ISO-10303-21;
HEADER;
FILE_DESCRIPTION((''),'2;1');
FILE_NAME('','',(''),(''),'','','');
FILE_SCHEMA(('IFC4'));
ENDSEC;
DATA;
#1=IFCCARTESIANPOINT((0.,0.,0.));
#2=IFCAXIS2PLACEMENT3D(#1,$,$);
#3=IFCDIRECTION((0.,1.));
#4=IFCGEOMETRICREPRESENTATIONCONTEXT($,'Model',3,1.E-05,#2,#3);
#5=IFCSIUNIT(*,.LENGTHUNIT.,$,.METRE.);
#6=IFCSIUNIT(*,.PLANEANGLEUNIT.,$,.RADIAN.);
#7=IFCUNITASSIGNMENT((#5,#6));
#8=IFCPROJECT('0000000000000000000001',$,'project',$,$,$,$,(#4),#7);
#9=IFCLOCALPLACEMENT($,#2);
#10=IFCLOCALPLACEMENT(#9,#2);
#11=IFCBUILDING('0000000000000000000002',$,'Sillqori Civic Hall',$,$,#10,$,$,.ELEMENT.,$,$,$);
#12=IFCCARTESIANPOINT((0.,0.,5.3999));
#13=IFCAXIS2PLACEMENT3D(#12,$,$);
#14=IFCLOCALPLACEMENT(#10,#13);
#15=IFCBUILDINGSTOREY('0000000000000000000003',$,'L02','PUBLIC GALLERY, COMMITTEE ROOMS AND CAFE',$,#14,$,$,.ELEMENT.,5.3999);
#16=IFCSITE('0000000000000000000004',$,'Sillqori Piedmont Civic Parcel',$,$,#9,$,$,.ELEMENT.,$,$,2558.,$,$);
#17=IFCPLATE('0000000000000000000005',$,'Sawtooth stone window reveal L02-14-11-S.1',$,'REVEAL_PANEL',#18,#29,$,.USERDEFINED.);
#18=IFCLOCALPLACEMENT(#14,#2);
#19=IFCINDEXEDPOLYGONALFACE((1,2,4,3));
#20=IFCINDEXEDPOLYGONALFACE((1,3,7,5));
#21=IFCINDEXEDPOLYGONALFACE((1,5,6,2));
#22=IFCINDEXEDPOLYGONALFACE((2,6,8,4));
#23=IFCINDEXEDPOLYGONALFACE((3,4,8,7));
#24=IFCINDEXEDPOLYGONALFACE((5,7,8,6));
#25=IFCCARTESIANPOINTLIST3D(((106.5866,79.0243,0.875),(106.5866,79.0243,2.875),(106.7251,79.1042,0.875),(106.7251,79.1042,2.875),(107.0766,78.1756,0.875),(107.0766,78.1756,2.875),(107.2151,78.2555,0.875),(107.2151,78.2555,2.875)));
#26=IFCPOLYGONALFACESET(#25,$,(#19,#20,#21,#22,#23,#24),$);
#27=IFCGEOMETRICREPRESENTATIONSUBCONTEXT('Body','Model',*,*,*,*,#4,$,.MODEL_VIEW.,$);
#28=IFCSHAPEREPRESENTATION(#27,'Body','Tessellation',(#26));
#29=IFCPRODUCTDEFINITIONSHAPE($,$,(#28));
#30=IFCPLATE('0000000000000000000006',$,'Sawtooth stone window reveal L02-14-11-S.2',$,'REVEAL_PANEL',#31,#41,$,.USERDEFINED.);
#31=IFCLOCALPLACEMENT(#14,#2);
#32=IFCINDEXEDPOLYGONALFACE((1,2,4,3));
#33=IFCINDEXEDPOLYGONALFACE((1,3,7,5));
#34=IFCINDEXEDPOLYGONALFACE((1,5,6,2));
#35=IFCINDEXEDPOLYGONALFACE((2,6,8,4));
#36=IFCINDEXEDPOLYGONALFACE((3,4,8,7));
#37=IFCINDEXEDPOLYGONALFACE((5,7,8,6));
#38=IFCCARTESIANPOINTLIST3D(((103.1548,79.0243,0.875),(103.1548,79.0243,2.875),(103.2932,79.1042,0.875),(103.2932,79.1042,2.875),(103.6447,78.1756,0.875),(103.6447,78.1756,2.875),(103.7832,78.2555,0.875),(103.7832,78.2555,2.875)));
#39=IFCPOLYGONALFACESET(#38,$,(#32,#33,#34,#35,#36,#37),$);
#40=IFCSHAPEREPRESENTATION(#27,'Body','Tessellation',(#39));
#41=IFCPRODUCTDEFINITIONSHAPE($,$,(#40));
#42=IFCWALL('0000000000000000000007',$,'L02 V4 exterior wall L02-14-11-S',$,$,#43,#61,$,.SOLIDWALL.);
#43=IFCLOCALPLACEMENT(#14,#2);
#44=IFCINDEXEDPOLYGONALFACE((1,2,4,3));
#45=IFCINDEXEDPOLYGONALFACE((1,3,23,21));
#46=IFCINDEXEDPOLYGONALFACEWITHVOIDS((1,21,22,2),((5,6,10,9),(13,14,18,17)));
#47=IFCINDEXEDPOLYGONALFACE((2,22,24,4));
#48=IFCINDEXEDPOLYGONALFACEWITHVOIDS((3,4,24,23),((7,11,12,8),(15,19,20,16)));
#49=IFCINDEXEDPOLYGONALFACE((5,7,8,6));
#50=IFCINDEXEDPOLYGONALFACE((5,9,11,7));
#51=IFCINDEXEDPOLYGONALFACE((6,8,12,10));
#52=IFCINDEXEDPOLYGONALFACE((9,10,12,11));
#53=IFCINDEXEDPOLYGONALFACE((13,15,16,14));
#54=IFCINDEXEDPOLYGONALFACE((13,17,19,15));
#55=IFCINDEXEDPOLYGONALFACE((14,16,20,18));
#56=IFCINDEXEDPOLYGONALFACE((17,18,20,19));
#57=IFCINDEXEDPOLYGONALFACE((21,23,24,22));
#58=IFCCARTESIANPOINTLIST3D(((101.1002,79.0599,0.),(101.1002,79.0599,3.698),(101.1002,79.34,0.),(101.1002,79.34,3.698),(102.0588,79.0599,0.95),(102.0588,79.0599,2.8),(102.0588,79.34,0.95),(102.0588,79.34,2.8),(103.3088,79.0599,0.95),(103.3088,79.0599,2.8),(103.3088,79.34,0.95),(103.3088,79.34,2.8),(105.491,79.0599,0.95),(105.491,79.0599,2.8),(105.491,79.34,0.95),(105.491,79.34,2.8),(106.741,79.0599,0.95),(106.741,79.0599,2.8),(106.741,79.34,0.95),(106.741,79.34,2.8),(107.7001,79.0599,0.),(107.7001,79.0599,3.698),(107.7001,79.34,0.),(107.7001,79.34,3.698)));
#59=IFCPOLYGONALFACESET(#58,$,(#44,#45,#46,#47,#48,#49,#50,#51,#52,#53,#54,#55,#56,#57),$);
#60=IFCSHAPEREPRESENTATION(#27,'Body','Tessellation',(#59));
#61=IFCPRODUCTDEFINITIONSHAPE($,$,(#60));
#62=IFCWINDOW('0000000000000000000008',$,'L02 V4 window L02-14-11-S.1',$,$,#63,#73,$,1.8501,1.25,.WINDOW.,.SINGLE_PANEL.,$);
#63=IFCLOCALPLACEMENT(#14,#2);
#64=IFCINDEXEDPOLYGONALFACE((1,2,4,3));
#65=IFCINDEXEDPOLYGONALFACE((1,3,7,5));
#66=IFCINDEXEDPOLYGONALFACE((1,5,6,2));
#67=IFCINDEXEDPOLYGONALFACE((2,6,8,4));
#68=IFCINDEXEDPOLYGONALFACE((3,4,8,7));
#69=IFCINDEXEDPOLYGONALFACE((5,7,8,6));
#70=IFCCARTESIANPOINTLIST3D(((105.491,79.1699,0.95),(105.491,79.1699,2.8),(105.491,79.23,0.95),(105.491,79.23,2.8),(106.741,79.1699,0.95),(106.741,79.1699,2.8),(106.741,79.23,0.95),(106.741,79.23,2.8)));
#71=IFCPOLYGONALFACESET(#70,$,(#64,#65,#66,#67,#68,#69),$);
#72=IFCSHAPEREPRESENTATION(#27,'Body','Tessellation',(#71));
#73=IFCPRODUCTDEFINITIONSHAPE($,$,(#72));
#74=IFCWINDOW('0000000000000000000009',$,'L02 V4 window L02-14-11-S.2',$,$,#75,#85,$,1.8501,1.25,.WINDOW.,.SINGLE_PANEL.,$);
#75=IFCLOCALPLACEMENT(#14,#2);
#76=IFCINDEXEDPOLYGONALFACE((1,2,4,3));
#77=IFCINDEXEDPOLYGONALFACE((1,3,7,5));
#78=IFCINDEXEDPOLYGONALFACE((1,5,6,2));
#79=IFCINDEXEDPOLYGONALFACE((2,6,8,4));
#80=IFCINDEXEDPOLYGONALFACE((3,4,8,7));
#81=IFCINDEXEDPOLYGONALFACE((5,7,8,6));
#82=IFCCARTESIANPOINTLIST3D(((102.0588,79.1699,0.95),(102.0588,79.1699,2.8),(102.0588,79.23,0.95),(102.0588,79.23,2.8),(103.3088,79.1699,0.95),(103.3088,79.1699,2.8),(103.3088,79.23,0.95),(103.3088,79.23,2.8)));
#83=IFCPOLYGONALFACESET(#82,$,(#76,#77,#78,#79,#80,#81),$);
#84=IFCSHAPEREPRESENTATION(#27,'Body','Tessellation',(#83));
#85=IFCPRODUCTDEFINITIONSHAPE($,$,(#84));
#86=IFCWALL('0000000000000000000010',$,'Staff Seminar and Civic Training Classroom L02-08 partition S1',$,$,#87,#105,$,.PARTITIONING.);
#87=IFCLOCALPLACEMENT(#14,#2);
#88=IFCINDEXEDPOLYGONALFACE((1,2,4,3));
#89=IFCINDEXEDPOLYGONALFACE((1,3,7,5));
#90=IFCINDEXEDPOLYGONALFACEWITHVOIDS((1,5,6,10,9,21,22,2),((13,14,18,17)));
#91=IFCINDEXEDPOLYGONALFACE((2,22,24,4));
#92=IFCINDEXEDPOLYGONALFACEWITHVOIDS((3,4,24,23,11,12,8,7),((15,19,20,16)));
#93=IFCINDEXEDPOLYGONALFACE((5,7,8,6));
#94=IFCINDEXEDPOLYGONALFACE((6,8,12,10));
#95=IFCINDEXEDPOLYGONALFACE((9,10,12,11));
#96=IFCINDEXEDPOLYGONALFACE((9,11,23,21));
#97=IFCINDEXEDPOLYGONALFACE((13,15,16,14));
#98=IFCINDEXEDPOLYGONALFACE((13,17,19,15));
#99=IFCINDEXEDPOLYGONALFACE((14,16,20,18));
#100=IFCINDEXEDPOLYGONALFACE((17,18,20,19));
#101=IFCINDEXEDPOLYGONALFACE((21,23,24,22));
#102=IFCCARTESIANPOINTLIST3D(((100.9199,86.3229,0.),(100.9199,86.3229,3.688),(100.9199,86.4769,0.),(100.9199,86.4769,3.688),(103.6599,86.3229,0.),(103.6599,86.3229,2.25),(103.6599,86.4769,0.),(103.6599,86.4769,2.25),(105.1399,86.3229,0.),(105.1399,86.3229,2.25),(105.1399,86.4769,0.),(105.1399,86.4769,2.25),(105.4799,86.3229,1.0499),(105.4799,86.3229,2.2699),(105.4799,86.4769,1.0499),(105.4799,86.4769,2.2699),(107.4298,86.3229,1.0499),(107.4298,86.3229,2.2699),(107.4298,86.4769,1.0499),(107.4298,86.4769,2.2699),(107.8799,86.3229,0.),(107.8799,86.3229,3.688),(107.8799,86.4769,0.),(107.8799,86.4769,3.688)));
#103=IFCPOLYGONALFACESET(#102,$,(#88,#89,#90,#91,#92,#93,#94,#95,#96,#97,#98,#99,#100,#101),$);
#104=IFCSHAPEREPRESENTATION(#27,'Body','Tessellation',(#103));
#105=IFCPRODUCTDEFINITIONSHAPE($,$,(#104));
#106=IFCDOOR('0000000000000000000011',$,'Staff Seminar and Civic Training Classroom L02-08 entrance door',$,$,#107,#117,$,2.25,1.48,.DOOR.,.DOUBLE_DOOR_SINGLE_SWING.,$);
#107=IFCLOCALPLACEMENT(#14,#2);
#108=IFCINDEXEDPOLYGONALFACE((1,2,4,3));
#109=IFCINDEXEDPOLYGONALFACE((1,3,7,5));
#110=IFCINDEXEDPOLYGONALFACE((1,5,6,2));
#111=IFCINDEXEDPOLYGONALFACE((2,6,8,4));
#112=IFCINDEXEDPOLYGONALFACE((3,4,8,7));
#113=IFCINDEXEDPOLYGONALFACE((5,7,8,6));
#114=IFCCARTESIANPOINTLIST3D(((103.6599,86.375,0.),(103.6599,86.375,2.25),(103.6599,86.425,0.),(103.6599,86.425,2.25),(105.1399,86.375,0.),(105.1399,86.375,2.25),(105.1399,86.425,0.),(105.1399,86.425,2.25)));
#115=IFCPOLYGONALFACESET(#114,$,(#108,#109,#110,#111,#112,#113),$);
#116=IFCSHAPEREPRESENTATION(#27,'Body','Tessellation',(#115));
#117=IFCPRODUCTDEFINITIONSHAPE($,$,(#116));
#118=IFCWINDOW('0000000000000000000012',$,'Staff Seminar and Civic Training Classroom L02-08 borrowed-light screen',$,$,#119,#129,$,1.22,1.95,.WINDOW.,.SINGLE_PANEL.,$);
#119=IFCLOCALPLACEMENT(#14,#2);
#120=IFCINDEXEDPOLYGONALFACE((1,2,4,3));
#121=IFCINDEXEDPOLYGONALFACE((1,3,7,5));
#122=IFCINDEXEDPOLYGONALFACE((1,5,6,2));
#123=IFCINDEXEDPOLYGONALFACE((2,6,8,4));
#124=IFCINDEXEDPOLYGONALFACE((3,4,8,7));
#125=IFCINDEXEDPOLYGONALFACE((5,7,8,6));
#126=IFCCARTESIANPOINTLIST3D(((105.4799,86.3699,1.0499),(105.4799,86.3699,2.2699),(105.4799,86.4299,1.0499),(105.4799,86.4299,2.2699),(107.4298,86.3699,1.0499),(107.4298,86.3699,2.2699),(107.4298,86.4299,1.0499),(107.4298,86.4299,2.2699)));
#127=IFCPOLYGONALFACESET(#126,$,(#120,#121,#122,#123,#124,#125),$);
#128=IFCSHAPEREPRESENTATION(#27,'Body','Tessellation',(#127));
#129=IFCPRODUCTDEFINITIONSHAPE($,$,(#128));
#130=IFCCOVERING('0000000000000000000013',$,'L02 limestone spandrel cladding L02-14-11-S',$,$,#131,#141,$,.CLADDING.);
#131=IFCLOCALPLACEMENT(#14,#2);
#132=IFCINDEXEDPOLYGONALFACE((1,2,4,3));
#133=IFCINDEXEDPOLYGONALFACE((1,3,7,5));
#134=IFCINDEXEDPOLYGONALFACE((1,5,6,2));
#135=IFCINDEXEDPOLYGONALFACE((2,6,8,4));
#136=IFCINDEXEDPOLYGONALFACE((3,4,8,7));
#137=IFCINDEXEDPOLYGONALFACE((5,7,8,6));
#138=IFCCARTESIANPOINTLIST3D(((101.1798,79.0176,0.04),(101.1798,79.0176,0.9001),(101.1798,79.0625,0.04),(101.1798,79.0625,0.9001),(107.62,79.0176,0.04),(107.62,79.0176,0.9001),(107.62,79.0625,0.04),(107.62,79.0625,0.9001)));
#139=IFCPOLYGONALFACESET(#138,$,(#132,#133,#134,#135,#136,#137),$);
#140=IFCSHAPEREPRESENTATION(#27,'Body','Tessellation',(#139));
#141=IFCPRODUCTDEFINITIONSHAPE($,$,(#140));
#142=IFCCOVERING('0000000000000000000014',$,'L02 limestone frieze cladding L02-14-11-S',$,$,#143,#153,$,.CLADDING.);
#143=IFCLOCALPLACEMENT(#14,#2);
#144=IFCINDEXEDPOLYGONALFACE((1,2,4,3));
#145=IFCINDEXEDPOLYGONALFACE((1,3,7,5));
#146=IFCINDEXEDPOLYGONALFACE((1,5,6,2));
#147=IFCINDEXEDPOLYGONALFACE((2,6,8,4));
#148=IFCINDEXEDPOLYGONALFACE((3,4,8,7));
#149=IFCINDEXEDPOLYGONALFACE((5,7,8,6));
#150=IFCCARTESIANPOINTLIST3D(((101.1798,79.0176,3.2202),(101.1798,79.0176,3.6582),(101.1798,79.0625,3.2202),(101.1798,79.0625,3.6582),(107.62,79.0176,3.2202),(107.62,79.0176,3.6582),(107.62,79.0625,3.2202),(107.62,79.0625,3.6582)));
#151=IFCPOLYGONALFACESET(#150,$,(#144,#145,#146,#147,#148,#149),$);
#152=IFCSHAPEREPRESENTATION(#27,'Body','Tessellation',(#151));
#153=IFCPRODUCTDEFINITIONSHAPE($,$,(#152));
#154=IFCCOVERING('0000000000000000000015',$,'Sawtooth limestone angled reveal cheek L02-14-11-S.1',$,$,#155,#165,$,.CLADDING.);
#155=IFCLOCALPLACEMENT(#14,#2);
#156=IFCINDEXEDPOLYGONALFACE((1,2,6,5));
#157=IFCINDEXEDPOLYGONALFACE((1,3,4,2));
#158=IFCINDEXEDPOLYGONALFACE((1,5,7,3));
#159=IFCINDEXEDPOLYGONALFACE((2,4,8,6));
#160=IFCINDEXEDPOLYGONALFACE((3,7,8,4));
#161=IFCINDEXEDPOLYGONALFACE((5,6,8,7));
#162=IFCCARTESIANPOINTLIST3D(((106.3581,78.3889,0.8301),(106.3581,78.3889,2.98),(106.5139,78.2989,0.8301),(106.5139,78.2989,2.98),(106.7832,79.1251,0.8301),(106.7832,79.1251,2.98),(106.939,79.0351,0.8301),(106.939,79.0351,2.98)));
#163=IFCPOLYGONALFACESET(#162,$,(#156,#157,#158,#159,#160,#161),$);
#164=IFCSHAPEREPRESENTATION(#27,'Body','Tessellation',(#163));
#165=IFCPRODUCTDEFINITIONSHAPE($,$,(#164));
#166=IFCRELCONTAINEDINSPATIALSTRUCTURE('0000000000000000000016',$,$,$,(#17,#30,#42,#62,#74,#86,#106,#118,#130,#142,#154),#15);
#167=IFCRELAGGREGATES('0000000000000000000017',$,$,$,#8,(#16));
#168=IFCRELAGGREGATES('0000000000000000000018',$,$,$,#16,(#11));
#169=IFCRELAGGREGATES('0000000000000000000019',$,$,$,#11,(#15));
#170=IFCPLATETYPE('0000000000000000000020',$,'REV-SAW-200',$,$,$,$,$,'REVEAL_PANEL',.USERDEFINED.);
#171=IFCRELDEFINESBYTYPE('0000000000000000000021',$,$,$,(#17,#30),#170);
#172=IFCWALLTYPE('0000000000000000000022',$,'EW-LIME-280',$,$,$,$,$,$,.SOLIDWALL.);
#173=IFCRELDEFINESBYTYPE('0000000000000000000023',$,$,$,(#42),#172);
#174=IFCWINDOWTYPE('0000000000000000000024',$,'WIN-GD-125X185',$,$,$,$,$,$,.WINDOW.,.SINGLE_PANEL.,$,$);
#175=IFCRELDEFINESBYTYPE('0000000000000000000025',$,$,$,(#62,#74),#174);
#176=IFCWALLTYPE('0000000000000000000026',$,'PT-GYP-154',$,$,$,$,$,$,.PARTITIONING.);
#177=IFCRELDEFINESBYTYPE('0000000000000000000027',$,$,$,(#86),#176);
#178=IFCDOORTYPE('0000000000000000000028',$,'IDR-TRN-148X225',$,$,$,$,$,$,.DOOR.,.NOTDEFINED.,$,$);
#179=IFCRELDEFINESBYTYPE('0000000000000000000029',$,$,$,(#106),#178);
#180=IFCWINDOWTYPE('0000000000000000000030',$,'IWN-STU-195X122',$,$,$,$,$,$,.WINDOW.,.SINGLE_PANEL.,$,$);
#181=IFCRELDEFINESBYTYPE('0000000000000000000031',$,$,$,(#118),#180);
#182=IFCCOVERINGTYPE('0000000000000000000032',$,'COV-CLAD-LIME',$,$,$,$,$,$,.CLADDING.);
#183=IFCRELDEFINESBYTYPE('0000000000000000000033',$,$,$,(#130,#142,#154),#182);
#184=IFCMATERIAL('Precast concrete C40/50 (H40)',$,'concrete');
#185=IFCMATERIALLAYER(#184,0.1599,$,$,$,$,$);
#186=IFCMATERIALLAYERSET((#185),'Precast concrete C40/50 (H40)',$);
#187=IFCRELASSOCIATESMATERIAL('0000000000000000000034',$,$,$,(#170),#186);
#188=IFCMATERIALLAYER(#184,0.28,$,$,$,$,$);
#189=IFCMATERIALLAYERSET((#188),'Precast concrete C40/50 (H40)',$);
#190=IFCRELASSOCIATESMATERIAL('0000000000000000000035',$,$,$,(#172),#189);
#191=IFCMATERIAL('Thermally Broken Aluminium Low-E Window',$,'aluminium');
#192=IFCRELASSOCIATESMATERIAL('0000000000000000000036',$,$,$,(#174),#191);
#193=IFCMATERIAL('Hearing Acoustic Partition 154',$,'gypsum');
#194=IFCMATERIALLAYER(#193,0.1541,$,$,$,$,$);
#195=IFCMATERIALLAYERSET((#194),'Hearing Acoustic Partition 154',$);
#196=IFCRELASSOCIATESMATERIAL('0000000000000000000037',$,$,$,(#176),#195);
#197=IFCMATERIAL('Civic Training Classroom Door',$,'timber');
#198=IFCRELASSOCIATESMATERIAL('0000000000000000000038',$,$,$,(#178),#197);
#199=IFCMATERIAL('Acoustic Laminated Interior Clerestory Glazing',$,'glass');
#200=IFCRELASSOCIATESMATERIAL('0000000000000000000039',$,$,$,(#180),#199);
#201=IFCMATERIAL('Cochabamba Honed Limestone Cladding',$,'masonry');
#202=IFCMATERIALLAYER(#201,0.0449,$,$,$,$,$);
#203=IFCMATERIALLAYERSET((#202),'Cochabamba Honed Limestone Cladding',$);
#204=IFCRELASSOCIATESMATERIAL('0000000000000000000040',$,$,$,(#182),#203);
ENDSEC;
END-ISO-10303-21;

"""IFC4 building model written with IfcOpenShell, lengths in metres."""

from ifc_helpers import new_model, si_unit, direction, frame, frame_2d, origin, origin_2d, place, context, subcontext, project, spatial, rectangle, extrude, material, layer, layer_set, type_object, element, fill, save


model = new_model("IFC4")

# Units and contexts
model_context = context("Model", 3, precision=1e-05, world=origin(), true_north=direction((0.0, 1.0)))
body_context = subcontext(model_context, "Body", "Model", "MODEL_VIEW")
ifc_project = project(units=[si_unit("LENGTHUNIT", "METRE"), si_unit("PLANEANGLEUNIT", "RADIAN")], contexts=[model_context])

# Site, building, storey
site_placement = place(None, origin())
site = spatial("IfcSite", under=ifc_project, at=site_placement, Name="Sillqori Piedmont Civic Parcel", CompositionType="ELEMENT", RefElevation=2558.0)
building_placement = place(site_placement, origin())
building = spatial("IfcBuilding", under=site, at=building_placement, Name="Sillqori Civic Hall", CompositionType="ELEMENT")
storey_placement = place(building_placement, frame((0.0, 0.0, 5.3999)))
storey = spatial("IfcBuildingStorey", under=building, at=storey_placement, Name="L02", Description="PUBLIC GALLERY, COMMITTEE ROOMS AND CAFE", CompositionType="ELEMENT", Elevation=5.3999)

# Plates
ifc_material_1 = material(Name="Precast concrete C40/50 (H40)", Category="concrete")
ifc_layer_1 = layer(ifc_material_1, 0.1599)
ifc_layer_set_1 = layer_set([ifc_layer_1], Name="Precast concrete C40/50 (H40)")
plate_type = type_object("IfcPlateType", Name="REV-SAW-200", ElementType="REVEAL_PANEL", PredefinedType="USERDEFINED", material=ifc_layer_set_1)
for number, where, z_axis, x_axis, name in (
    (1, (106.9009, 78.6399, 0.875), (0.0, 0.0, 1.0), (-0.866025, -0.5, 0.0), "Sawtooth stone window reveal L02-14-11-S.1"),
    (2, (103.469, 78.6399, 0.875), (0.0, 0.0, 1.0), (-0.866025, -0.5, 0.0), "Sawtooth stone window reveal L02-14-11-S.2"),
):
    element("IfcPlate", number, at=place(storey_placement, frame(where, z_axis=z_axis, x_axis=x_axis)), inside=storey, type_object=plate_type, Name=name, ObjectType="REVEAL_PANEL", PredefinedType="USERDEFINED", context=body_context, shape_type="SweptSolid", body=[
        extrude(rectangle(XDim=0.1599, YDim=0.98, at=origin_2d()), origin(), (0.0, 0.0, 1.0), 2.0),
    ])

# Wall, openings, windows
ifc_layer_2 = layer(ifc_material_1, 0.28)
ifc_layer_set_2 = layer_set([ifc_layer_2], Name="Precast concrete C40/50 (H40)")
wall_type_1 = type_object("IfcWallType", Name="EW-LIME-280", PredefinedType="SOLIDWALL", material=ifc_layer_set_2)
wall_1_placement = place(storey_placement, frame((107.7, 79.2, 0.0), z_axis=(0.0, 0.0, 1.0), x_axis=(-1.0, 0.0, 0.0)))
wall_1 = element("IfcWall", 3, at=wall_1_placement, inside=storey, type_object=wall_type_1, Name="L02 V4 exterior wall L02-14-11-S", PredefinedType="SOLIDWALL", context=body_context, shape_type="SweptSolid", body=[
    extrude(rectangle(XDim=6.5999, YDim=0.28, at=frame_2d((3.2998, 0.0))), origin(), (0.0, 0.0, 1.0), 3.698),
])
opening_1_placement = place(wall_1_placement, frame((0.959, 0.0, 0.95)))
opening_1 = element("IfcOpeningElement", 4, at=opening_1_placement, cuts=wall_1, PredefinedType="OPENING", context=body_context, shape_type="SweptSolid", body=[
    extrude(rectangle(XDim=1.25, YDim=1.8501, at=frame_2d((0.625, 0.925))), frame((0.0, 0.1499, 0.0), z_axis=(0.0, -1.0, 0.0), x_axis=(1.0, 0.0, 0.0)), (0.0, 0.0, 1.0), 0.3),
])
opening_2_placement = place(wall_1_placement, frame((4.3911, 0.0, 0.95)))
opening_2 = element("IfcOpeningElement", 5, at=opening_2_placement, cuts=wall_1, PredefinedType="OPENING", context=body_context, shape_type="SweptSolid", body=[
    extrude(rectangle(XDim=1.25, YDim=1.8501, at=frame_2d((0.625, 0.925))), frame((0.0, 0.1499, 0.0), z_axis=(0.0, -1.0, 0.0), x_axis=(1.0, 0.0, 0.0)), (0.0, 0.0, 1.0), 0.3),
])
ifc_material_2 = material(Name="Thermally Broken Aluminium Low-E Window", Category="aluminium")
window_type_1 = type_object("IfcWindowType", Name="WIN-GD-125X185", PartitioningType="SINGLE_PANEL", PredefinedType="WINDOW", material=ifc_material_2)
window_1_placement = place(opening_1_placement, origin())
window_1 = element("IfcWindow", 6, at=window_1_placement, inside=storey, type_object=window_type_1, Name="L02 V4 window L02-14-11-S.1", OverallHeight=1.8501, OverallWidth=1.25, PartitioningType="SINGLE_PANEL", PredefinedType="WINDOW", context=body_context, shape_type="SweptSolid", body=[
    extrude(rectangle(XDim=1.25, YDim=1.8501, at=frame_2d((0.625, 0.925))), frame((0.0, 0.03, 0.0), z_axis=(0.0, -1.0, 0.0), x_axis=(1.0, 0.0, 0.0)), (0.0, 0.0, 1.0), 0.0601),
])
fill(opening_1, window_1)
window_2_placement = place(opening_2_placement, origin())
window_2 = element("IfcWindow", 7, at=window_2_placement, inside=storey, type_object=window_type_1, Name="L02 V4 window L02-14-11-S.2", OverallHeight=1.8501, OverallWidth=1.25, PartitioningType="SINGLE_PANEL", PredefinedType="WINDOW", context=body_context, shape_type="SweptSolid", body=[
    extrude(rectangle(XDim=1.25, YDim=1.8501, at=frame_2d((0.625, 0.925))), frame((0.0, 0.03, 0.0), z_axis=(0.0, -1.0, 0.0), x_axis=(1.0, 0.0, 0.0)), (0.0, 0.0, 1.0), 0.0601),
])
fill(opening_2, window_2)

# Wall, openings, door, window
ifc_material_3 = material(Name="Hearing Acoustic Partition 154", Category="gypsum")
ifc_layer_3 = layer(ifc_material_3, 0.1541)
ifc_layer_set_3 = layer_set([ifc_layer_3], Name="Hearing Acoustic Partition 154")
wall_type_2 = type_object("IfcWallType", Name="PT-GYP-154", PredefinedType="PARTITIONING", material=ifc_layer_set_3)
wall_2_placement = place(storey_placement, frame((107.8799, 86.3999, 0.0), z_axis=(0.0, 0.0, 1.0), x_axis=(-1.0, 0.0, 0.0)))
wall_2 = element("IfcWall", 8, at=wall_2_placement, inside=storey, type_object=wall_type_2, Name="Staff Seminar and Civic Training Classroom L02-08 partition S1", PredefinedType="PARTITIONING", context=body_context, shape_type="SweptSolid", body=[
    extrude(rectangle(XDim=6.96, YDim=0.1541, at=frame_2d((3.48, 0.0))), origin(), (0.0, 0.0, 1.0), 3.688),
])
opening_3_placement = place(wall_2_placement, frame((2.74, 0.0, 0.0)))
opening_3 = element("IfcOpeningElement", 9, at=opening_3_placement, cuts=wall_2, PredefinedType="OPENING", context=body_context, shape_type="SweptSolid", body=[
    extrude(rectangle(XDim=1.48, YDim=2.25, at=frame_2d((0.74, 1.125))), frame((0.0, 0.0869, 0.0), z_axis=(0.0, -1.0, 0.0), x_axis=(1.0, 0.0, 0.0)), (0.0, 0.0, 1.0), 0.1741),
])
opening_4_placement = place(wall_2_placement, frame((0.45, 0.0, 1.05)))
opening_4 = element("IfcOpeningElement", 10, at=opening_4_placement, cuts=wall_2, PredefinedType="OPENING", context=body_context, shape_type="SweptSolid", body=[
    extrude(rectangle(XDim=1.95, YDim=1.22, at=frame_2d((0.9751, 0.6099))), frame((0.0, 0.0869, 0.0), z_axis=(0.0, -1.0, 0.0), x_axis=(1.0, 0.0, 0.0)), (0.0, 0.0, 1.0), 0.1741),
])
ifc_material_4 = material(Name="Civic Training Classroom Door", Category="timber")
door_type = type_object("IfcDoorType", Name="IDR-TRN-148X225", OperationType="NOTDEFINED", PredefinedType="DOOR", material=ifc_material_4)
door_placement = place(opening_3_placement, origin())
door = element("IfcDoor", 11, at=door_placement, inside=storey, type_object=door_type, Name="Staff Seminar and Civic Training Classroom L02-08 entrance door", OperationType="DOUBLE_DOOR_SINGLE_SWING", OverallHeight=2.25, OverallWidth=1.48, PredefinedType="DOOR", context=body_context, shape_type="SweptSolid", body=[
    extrude(rectangle(XDim=1.48, YDim=2.25, at=frame_2d((0.74, 1.125))), frame((0.0, 0.0249, 0.0), z_axis=(0.0, -1.0, 0.0), x_axis=(1.0, 0.0, 0.0)), (0.0, 0.0, 1.0), 0.05),
])
fill(opening_3, door)
ifc_material_5 = material(Name="Acoustic Laminated Interior Clerestory Glazing", Category="glass")
window_type_2 = type_object("IfcWindowType", Name="IWN-STU-195X122", PartitioningType="SINGLE_PANEL", PredefinedType="WINDOW", material=ifc_material_5)
window_3_placement = place(opening_4_placement, origin())
window_3 = element("IfcWindow", 12, at=window_3_placement, inside=storey, type_object=window_type_2, Name="Staff Seminar and Civic Training Classroom L02-08 borrowed-light screen", OverallHeight=1.22, OverallWidth=1.95, PartitioningType="SINGLE_PANEL", PredefinedType="WINDOW", context=body_context, shape_type="SweptSolid", body=[
    extrude(rectangle(XDim=1.95, YDim=1.22, at=frame_2d((0.9751, 0.6099))), frame((0.0, 0.03, 0.0), z_axis=(0.0, -1.0, 0.0), x_axis=(1.0, 0.0, 0.0)), (0.0, 0.0, 1.0), 0.0601),
])
fill(opening_4, window_3)

# Coverings
ifc_material_6 = material(Name="Cochabamba Honed Limestone Cladding", Category="masonry")
ifc_layer_4 = layer(ifc_material_6, 0.0449)
ifc_layer_set_4 = layer_set([ifc_layer_4], Name="Cochabamba Honed Limestone Cladding")
covering_type = type_object("IfcCoveringType", Name="COV-CLAD-LIME", PredefinedType="CLADDING", material=ifc_layer_set_4)
covering_1_placement = place(storey_placement, frame((107.6201, 79.04, 0.04), z_axis=(0.0, 0.0, 1.0), x_axis=(-1.0, 0.0, 0.0)))
element("IfcCovering", 13, at=covering_1_placement, inside=storey, type_object=covering_type, Name="L02 limestone spandrel cladding L02-14-11-S", PredefinedType="CLADDING", context=body_context, shape_type="SweptSolid", body=[
    extrude(rectangle(XDim=6.4402, YDim=0.0449, at=frame_2d((3.2202, 0.0))), origin(), (0.0, 0.0, 1.0), 0.8601),
])
covering_2_placement = place(storey_placement, frame((107.6201, 79.04, 3.2202), z_axis=(0.0, 0.0, 1.0), x_axis=(-1.0, 0.0, 0.0)))
element("IfcCovering", 14, at=covering_2_placement, inside=storey, type_object=covering_type, Name="L02 limestone frieze cladding L02-14-11-S", PredefinedType="CLADDING", context=body_context, shape_type="SweptSolid", body=[
    extrude(rectangle(XDim=6.4402, YDim=0.0449, at=frame_2d((3.2202, 0.0))), origin(), (0.0, 0.0, 1.0), 0.438),
])
covering_3_placement = place(storey_placement, frame((106.8611, 79.0801, 0.8301), z_axis=(0.0, 0.0, 1.0), x_axis=(-0.500062, -0.865989, 0.0)))
element("IfcCovering", 15, at=covering_3_placement, inside=storey, type_object=covering_type, Name="Sawtooth limestone angled reveal cheek L02-14-11-S.1", PredefinedType="CLADDING", context=body_context, shape_type="SweptSolid", body=[
    extrude(rectangle(XDim=0.8501, YDim=0.1799, at=frame_2d((0.425, 0.0))), origin(), (0.0, 0.0, 1.0), 2.1499),
])

save(model, "model.ifc")
